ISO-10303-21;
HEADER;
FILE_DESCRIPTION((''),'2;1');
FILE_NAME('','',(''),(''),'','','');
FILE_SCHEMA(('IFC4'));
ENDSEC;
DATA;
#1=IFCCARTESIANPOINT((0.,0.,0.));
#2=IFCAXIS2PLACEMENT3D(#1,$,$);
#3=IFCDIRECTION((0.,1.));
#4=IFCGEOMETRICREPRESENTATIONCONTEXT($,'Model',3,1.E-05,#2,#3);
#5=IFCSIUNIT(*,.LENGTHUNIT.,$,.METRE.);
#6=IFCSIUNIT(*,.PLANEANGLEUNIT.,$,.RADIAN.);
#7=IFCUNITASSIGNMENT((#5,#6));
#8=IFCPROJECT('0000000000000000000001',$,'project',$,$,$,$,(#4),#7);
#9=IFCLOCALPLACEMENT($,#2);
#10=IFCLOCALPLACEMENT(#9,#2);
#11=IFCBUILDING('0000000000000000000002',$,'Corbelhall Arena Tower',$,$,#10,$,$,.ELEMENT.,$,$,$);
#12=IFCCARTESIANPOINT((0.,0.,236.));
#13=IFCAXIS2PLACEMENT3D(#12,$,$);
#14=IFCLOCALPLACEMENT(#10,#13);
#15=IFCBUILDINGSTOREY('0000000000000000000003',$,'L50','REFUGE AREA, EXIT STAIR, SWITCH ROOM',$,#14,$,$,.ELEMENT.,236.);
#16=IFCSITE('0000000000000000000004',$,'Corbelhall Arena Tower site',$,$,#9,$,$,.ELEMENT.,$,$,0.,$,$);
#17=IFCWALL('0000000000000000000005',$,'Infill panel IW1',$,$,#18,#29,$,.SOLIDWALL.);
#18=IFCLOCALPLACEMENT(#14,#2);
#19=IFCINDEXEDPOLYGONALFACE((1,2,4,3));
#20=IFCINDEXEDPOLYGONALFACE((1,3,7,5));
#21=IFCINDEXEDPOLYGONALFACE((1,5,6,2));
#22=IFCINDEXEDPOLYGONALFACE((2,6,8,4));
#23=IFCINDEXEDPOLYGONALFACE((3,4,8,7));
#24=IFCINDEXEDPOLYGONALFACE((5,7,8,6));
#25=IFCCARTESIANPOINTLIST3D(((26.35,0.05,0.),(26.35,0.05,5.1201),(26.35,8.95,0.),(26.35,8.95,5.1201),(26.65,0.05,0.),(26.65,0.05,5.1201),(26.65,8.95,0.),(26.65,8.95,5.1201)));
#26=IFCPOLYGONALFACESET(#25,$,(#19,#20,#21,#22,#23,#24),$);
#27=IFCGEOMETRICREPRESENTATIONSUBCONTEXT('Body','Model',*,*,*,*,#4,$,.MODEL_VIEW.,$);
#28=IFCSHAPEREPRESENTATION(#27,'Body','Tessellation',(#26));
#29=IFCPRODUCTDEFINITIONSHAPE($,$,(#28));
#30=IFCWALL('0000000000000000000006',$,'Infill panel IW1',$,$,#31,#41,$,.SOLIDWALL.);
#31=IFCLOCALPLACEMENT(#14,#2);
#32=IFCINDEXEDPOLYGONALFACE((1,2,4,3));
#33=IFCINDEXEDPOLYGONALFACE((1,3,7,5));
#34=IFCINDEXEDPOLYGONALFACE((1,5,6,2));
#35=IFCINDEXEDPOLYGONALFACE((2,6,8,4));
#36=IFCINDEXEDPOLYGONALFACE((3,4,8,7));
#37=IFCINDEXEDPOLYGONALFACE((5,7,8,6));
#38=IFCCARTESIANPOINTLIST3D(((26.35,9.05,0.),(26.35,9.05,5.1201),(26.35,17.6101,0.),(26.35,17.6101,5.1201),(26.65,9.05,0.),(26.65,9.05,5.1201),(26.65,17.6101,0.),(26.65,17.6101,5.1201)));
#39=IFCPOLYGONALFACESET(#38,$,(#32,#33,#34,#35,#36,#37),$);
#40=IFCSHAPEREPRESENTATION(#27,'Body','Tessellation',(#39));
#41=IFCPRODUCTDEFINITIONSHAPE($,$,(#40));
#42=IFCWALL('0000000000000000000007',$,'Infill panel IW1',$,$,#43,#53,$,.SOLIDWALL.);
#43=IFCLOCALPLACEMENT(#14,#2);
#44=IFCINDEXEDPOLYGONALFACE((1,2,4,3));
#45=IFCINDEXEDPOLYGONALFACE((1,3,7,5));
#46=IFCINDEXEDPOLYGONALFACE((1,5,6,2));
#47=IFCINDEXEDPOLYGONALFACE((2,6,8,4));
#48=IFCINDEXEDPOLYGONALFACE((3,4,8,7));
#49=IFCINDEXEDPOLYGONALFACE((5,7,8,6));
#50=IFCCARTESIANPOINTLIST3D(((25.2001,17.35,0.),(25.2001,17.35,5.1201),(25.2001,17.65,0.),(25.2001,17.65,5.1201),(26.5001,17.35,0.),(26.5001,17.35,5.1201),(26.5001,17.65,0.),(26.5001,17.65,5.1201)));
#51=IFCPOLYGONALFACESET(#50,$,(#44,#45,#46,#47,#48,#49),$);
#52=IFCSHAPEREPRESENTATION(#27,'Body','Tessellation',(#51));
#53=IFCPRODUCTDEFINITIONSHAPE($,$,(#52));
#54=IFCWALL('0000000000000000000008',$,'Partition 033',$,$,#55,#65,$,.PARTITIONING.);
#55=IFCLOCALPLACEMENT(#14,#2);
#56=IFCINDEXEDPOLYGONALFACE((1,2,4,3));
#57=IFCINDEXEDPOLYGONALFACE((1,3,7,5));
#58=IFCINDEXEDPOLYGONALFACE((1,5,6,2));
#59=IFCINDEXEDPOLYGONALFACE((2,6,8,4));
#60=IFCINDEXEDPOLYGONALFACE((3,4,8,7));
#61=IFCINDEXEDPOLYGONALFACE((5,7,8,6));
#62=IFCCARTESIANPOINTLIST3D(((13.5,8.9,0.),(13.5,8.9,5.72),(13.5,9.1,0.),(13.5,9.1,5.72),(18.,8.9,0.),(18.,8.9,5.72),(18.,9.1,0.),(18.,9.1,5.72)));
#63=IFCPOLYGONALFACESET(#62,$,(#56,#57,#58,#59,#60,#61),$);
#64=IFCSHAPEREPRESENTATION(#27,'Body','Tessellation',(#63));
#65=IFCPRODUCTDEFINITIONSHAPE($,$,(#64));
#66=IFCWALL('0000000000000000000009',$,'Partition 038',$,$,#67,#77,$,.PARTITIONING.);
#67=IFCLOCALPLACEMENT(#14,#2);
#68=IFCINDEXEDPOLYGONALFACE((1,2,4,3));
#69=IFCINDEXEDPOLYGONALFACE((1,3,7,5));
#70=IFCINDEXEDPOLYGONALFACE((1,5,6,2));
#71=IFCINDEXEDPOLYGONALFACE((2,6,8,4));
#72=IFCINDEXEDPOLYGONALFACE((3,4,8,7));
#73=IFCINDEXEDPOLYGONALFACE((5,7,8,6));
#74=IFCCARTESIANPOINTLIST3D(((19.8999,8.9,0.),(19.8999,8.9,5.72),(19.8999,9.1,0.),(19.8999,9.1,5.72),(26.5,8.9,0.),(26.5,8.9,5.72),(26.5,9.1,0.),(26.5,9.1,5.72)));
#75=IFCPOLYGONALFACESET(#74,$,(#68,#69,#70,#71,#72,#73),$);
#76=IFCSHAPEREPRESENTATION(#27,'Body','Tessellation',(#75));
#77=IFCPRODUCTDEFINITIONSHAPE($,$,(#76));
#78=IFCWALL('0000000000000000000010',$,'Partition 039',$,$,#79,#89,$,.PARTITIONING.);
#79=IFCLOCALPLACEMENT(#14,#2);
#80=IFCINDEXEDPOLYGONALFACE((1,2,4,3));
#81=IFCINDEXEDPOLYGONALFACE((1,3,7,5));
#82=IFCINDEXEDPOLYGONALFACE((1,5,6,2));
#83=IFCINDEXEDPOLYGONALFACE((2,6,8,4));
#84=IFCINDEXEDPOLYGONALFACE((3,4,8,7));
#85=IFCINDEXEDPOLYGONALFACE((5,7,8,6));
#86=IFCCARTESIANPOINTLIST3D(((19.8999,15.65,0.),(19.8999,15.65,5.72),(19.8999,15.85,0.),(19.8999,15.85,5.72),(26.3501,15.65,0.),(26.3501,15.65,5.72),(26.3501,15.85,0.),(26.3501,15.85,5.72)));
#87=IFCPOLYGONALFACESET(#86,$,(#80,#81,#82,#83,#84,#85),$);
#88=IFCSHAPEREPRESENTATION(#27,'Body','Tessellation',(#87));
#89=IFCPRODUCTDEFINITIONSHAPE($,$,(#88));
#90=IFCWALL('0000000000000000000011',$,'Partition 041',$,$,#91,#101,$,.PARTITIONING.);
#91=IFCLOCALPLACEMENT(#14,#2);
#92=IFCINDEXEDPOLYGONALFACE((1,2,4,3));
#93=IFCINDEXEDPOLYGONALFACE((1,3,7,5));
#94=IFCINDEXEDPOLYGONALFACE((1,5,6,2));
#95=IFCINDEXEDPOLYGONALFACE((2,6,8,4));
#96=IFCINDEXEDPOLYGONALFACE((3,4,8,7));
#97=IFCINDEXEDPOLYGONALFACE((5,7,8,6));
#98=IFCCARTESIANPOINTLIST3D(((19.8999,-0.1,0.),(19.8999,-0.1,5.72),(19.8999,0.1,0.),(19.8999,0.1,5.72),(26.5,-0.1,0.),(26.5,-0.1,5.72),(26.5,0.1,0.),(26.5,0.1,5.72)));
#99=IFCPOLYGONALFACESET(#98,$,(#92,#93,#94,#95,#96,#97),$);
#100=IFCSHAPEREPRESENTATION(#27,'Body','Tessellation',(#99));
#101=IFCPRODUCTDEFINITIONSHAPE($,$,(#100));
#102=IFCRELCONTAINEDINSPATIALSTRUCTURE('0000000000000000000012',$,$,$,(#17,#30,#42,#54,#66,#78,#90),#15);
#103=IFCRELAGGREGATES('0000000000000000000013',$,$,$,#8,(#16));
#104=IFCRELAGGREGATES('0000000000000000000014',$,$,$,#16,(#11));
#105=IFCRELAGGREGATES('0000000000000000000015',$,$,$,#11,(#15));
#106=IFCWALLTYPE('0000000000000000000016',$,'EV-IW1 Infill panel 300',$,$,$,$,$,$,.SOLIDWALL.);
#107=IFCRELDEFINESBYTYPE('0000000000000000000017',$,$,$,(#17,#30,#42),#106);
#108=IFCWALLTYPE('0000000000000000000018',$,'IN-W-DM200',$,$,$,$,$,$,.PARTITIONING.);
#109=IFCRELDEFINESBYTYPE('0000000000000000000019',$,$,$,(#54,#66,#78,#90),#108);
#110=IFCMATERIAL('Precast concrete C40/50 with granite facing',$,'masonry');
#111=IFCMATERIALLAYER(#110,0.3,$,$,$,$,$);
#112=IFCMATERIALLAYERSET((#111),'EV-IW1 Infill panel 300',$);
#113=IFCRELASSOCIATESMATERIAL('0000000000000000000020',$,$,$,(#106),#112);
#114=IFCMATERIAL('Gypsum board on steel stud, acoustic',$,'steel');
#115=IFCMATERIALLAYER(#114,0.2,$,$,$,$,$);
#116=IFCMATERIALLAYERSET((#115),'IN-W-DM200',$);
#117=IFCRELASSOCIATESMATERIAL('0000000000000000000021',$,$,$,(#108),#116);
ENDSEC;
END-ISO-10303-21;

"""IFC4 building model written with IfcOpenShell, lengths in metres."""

from ifc_helpers import new_model, si_unit, direction, frame, frame_2d, origin, place, context, subcontext, project, spatial, rectangle, extrude, material, layer, layer_set, type_object, element, save


model = new_model("IFC4")

# Units and contexts
model_context = context("Model", 3, precision=1e-05, world=origin(), true_north=direction((0.0, 1.0)))
body_context = subcontext(model_context, "Body", "Model", "MODEL_VIEW")
ifc_project = project(units=[si_unit("LENGTHUNIT", "METRE"), si_unit("PLANEANGLEUNIT", "RADIAN")], contexts=[model_context])

# Site, building, storey
site_placement = place(None, origin())
site = spatial("IfcSite", under=ifc_project, at=site_placement, Name="Corbelhall Arena Tower site", CompositionType="ELEMENT", RefElevation=0.0)
building_placement = place(site_placement, origin())
building = spatial("IfcBuilding", under=site, at=building_placement, Name="Corbelhall Arena Tower", CompositionType="ELEMENT")
storey_placement = place(building_placement, frame((0.0, 0.0, 236.0)))
storey = spatial("IfcBuildingStorey", under=building, at=storey_placement, Name="L50", Description="REFUGE AREA, EXIT STAIR, SWITCH ROOM", CompositionType="ELEMENT", Elevation=236.0)

# Walls
ifc_material_1 = material(Name="Precast concrete C40/50 with granite facing", Category="masonry")
ifc_layer_1 = layer(ifc_material_1, 0.3)
ifc_layer_set_1 = layer_set([ifc_layer_1], Name="EV-IW1 Infill panel 300")
wall_type_1 = type_object("IfcWallType", Name="EV-IW1 Infill panel 300", PredefinedType="SOLIDWALL", material=ifc_layer_set_1)
wall_1_placement = place(storey_placement, frame((26.5, 0.05, 0.0), z_axis=(0.0, 0.0, 1.0), x_axis=(0.0, 1.0, 0.0)))
element("IfcWall", 1, at=wall_1_placement, inside=storey, type_object=wall_type_1, Name="Infill panel IW1", PredefinedType="SOLIDWALL", context=body_context, shape_type="SweptSolid", body=[
    extrude(rectangle(XDim=8.8999, YDim=0.3, at=frame_2d((4.45, 0.0))), origin(), (0.0, 0.0, 1.0), 5.1201),
])
wall_2_placement = place(storey_placement, frame((26.5, 9.05, 0.0), z_axis=(0.0, 0.0, 1.0), x_axis=(0.0, 1.0, 0.0)))
element("IfcWall", 2, at=wall_2_placement, inside=storey, type_object=wall_type_1, Name="Infill panel IW1", PredefinedType="SOLIDWALL", context=body_context, shape_type="SweptSolid", body=[
    extrude(rectangle(XDim=8.5601, YDim=0.3, at=frame_2d((4.28, 0.0))), origin(), (0.0, 0.0, 1.0), 5.1201),
])
wall_3_placement = place(storey_placement, frame((26.5, 17.5, 0.0), z_axis=(0.0, 0.0, 1.0), x_axis=(-1.0, 0.0, 0.0)))
element("IfcWall", 3, at=wall_3_placement, inside=storey, type_object=wall_type_1, Name="Infill panel IW1", PredefinedType="SOLIDWALL", context=body_context, shape_type="SweptSolid", body=[
    extrude(rectangle(XDim=1.3, YDim=0.3, at=frame_2d((0.6499, 0.0))), origin(), (0.0, 0.0, 1.0), 5.1201),
])
ifc_material_2 = material(Name="Gypsum board on steel stud, acoustic", Category="steel")
ifc_layer_2 = layer(ifc_material_2, 0.2)
ifc_layer_set_2 = layer_set([ifc_layer_2], Name="IN-W-DM200")
wall_type_2 = type_object("IfcWallType", Name="IN-W-DM200", PredefinedType="PARTITIONING", material=ifc_layer_set_2)
wall_4_placement = place(storey_placement, frame((18.0, 9.0, 0.0), z_axis=(0.0, 0.0, 1.0), x_axis=(-1.0, 0.0, 0.0)))
element("IfcWall", 4, at=wall_4_placement, inside=storey, type_object=wall_type_2, Name="Partition 033", PredefinedType="PARTITIONING", context=body_context, shape_type="SweptSolid", body=[
    extrude(rectangle(XDim=4.5, YDim=0.2, at=frame_2d((2.25, 0.0))), origin(), (0.0, 0.0, 1.0), 5.72),
])

# Walls
wall_5_placement = place(storey_placement, frame((19.8999, 9.0, 0.0), z_axis=(0.0, 0.0, 1.0), x_axis=(1.0, 0.0, 0.0)))
element("IfcWall", 5, at=wall_5_placement, inside=storey, type_object=wall_type_2, Name="Partition 038", PredefinedType="PARTITIONING", context=body_context, shape_type="SweptSolid", body=[
    extrude(rectangle(XDim=6.6001, YDim=0.2, at=frame_2d((3.3, 0.0))), origin(), (0.0, 0.0, 1.0), 5.72),
])
wall_6_placement = place(storey_placement, frame((19.8999, 15.75, 0.0), z_axis=(0.0, 0.0, 1.0), x_axis=(1.0, 0.0, 0.0)))
element("IfcWall", 6, at=wall_6_placement, inside=storey, type_object=wall_type_2, Name="Partition 039", PredefinedType="PARTITIONING", context=body_context, shape_type="SweptSolid", body=[
    extrude(rectangle(XDim=6.4502, YDim=0.2, at=frame_2d((3.2251, 0.0))), origin(), (0.0, 0.0, 1.0), 5.72),
])

# Wall
wall_7_placement = place(storey_placement, frame((26.5, 0.0, 0.0), z_axis=(0.0, 0.0, 1.0), x_axis=(-1.0, 0.0, 0.0)))
element("IfcWall", 7, at=wall_7_placement, inside=storey, type_object=wall_type_2, Name="Partition 041", PredefinedType="PARTITIONING", context=body_context, shape_type="SweptSolid", body=[
    extrude(rectangle(XDim=6.6001, YDim=0.2, at=frame_2d((3.3, 0.0))), origin(), (0.0, 0.0, 1.0), 5.72),
])

save(model, "model.ifc")
